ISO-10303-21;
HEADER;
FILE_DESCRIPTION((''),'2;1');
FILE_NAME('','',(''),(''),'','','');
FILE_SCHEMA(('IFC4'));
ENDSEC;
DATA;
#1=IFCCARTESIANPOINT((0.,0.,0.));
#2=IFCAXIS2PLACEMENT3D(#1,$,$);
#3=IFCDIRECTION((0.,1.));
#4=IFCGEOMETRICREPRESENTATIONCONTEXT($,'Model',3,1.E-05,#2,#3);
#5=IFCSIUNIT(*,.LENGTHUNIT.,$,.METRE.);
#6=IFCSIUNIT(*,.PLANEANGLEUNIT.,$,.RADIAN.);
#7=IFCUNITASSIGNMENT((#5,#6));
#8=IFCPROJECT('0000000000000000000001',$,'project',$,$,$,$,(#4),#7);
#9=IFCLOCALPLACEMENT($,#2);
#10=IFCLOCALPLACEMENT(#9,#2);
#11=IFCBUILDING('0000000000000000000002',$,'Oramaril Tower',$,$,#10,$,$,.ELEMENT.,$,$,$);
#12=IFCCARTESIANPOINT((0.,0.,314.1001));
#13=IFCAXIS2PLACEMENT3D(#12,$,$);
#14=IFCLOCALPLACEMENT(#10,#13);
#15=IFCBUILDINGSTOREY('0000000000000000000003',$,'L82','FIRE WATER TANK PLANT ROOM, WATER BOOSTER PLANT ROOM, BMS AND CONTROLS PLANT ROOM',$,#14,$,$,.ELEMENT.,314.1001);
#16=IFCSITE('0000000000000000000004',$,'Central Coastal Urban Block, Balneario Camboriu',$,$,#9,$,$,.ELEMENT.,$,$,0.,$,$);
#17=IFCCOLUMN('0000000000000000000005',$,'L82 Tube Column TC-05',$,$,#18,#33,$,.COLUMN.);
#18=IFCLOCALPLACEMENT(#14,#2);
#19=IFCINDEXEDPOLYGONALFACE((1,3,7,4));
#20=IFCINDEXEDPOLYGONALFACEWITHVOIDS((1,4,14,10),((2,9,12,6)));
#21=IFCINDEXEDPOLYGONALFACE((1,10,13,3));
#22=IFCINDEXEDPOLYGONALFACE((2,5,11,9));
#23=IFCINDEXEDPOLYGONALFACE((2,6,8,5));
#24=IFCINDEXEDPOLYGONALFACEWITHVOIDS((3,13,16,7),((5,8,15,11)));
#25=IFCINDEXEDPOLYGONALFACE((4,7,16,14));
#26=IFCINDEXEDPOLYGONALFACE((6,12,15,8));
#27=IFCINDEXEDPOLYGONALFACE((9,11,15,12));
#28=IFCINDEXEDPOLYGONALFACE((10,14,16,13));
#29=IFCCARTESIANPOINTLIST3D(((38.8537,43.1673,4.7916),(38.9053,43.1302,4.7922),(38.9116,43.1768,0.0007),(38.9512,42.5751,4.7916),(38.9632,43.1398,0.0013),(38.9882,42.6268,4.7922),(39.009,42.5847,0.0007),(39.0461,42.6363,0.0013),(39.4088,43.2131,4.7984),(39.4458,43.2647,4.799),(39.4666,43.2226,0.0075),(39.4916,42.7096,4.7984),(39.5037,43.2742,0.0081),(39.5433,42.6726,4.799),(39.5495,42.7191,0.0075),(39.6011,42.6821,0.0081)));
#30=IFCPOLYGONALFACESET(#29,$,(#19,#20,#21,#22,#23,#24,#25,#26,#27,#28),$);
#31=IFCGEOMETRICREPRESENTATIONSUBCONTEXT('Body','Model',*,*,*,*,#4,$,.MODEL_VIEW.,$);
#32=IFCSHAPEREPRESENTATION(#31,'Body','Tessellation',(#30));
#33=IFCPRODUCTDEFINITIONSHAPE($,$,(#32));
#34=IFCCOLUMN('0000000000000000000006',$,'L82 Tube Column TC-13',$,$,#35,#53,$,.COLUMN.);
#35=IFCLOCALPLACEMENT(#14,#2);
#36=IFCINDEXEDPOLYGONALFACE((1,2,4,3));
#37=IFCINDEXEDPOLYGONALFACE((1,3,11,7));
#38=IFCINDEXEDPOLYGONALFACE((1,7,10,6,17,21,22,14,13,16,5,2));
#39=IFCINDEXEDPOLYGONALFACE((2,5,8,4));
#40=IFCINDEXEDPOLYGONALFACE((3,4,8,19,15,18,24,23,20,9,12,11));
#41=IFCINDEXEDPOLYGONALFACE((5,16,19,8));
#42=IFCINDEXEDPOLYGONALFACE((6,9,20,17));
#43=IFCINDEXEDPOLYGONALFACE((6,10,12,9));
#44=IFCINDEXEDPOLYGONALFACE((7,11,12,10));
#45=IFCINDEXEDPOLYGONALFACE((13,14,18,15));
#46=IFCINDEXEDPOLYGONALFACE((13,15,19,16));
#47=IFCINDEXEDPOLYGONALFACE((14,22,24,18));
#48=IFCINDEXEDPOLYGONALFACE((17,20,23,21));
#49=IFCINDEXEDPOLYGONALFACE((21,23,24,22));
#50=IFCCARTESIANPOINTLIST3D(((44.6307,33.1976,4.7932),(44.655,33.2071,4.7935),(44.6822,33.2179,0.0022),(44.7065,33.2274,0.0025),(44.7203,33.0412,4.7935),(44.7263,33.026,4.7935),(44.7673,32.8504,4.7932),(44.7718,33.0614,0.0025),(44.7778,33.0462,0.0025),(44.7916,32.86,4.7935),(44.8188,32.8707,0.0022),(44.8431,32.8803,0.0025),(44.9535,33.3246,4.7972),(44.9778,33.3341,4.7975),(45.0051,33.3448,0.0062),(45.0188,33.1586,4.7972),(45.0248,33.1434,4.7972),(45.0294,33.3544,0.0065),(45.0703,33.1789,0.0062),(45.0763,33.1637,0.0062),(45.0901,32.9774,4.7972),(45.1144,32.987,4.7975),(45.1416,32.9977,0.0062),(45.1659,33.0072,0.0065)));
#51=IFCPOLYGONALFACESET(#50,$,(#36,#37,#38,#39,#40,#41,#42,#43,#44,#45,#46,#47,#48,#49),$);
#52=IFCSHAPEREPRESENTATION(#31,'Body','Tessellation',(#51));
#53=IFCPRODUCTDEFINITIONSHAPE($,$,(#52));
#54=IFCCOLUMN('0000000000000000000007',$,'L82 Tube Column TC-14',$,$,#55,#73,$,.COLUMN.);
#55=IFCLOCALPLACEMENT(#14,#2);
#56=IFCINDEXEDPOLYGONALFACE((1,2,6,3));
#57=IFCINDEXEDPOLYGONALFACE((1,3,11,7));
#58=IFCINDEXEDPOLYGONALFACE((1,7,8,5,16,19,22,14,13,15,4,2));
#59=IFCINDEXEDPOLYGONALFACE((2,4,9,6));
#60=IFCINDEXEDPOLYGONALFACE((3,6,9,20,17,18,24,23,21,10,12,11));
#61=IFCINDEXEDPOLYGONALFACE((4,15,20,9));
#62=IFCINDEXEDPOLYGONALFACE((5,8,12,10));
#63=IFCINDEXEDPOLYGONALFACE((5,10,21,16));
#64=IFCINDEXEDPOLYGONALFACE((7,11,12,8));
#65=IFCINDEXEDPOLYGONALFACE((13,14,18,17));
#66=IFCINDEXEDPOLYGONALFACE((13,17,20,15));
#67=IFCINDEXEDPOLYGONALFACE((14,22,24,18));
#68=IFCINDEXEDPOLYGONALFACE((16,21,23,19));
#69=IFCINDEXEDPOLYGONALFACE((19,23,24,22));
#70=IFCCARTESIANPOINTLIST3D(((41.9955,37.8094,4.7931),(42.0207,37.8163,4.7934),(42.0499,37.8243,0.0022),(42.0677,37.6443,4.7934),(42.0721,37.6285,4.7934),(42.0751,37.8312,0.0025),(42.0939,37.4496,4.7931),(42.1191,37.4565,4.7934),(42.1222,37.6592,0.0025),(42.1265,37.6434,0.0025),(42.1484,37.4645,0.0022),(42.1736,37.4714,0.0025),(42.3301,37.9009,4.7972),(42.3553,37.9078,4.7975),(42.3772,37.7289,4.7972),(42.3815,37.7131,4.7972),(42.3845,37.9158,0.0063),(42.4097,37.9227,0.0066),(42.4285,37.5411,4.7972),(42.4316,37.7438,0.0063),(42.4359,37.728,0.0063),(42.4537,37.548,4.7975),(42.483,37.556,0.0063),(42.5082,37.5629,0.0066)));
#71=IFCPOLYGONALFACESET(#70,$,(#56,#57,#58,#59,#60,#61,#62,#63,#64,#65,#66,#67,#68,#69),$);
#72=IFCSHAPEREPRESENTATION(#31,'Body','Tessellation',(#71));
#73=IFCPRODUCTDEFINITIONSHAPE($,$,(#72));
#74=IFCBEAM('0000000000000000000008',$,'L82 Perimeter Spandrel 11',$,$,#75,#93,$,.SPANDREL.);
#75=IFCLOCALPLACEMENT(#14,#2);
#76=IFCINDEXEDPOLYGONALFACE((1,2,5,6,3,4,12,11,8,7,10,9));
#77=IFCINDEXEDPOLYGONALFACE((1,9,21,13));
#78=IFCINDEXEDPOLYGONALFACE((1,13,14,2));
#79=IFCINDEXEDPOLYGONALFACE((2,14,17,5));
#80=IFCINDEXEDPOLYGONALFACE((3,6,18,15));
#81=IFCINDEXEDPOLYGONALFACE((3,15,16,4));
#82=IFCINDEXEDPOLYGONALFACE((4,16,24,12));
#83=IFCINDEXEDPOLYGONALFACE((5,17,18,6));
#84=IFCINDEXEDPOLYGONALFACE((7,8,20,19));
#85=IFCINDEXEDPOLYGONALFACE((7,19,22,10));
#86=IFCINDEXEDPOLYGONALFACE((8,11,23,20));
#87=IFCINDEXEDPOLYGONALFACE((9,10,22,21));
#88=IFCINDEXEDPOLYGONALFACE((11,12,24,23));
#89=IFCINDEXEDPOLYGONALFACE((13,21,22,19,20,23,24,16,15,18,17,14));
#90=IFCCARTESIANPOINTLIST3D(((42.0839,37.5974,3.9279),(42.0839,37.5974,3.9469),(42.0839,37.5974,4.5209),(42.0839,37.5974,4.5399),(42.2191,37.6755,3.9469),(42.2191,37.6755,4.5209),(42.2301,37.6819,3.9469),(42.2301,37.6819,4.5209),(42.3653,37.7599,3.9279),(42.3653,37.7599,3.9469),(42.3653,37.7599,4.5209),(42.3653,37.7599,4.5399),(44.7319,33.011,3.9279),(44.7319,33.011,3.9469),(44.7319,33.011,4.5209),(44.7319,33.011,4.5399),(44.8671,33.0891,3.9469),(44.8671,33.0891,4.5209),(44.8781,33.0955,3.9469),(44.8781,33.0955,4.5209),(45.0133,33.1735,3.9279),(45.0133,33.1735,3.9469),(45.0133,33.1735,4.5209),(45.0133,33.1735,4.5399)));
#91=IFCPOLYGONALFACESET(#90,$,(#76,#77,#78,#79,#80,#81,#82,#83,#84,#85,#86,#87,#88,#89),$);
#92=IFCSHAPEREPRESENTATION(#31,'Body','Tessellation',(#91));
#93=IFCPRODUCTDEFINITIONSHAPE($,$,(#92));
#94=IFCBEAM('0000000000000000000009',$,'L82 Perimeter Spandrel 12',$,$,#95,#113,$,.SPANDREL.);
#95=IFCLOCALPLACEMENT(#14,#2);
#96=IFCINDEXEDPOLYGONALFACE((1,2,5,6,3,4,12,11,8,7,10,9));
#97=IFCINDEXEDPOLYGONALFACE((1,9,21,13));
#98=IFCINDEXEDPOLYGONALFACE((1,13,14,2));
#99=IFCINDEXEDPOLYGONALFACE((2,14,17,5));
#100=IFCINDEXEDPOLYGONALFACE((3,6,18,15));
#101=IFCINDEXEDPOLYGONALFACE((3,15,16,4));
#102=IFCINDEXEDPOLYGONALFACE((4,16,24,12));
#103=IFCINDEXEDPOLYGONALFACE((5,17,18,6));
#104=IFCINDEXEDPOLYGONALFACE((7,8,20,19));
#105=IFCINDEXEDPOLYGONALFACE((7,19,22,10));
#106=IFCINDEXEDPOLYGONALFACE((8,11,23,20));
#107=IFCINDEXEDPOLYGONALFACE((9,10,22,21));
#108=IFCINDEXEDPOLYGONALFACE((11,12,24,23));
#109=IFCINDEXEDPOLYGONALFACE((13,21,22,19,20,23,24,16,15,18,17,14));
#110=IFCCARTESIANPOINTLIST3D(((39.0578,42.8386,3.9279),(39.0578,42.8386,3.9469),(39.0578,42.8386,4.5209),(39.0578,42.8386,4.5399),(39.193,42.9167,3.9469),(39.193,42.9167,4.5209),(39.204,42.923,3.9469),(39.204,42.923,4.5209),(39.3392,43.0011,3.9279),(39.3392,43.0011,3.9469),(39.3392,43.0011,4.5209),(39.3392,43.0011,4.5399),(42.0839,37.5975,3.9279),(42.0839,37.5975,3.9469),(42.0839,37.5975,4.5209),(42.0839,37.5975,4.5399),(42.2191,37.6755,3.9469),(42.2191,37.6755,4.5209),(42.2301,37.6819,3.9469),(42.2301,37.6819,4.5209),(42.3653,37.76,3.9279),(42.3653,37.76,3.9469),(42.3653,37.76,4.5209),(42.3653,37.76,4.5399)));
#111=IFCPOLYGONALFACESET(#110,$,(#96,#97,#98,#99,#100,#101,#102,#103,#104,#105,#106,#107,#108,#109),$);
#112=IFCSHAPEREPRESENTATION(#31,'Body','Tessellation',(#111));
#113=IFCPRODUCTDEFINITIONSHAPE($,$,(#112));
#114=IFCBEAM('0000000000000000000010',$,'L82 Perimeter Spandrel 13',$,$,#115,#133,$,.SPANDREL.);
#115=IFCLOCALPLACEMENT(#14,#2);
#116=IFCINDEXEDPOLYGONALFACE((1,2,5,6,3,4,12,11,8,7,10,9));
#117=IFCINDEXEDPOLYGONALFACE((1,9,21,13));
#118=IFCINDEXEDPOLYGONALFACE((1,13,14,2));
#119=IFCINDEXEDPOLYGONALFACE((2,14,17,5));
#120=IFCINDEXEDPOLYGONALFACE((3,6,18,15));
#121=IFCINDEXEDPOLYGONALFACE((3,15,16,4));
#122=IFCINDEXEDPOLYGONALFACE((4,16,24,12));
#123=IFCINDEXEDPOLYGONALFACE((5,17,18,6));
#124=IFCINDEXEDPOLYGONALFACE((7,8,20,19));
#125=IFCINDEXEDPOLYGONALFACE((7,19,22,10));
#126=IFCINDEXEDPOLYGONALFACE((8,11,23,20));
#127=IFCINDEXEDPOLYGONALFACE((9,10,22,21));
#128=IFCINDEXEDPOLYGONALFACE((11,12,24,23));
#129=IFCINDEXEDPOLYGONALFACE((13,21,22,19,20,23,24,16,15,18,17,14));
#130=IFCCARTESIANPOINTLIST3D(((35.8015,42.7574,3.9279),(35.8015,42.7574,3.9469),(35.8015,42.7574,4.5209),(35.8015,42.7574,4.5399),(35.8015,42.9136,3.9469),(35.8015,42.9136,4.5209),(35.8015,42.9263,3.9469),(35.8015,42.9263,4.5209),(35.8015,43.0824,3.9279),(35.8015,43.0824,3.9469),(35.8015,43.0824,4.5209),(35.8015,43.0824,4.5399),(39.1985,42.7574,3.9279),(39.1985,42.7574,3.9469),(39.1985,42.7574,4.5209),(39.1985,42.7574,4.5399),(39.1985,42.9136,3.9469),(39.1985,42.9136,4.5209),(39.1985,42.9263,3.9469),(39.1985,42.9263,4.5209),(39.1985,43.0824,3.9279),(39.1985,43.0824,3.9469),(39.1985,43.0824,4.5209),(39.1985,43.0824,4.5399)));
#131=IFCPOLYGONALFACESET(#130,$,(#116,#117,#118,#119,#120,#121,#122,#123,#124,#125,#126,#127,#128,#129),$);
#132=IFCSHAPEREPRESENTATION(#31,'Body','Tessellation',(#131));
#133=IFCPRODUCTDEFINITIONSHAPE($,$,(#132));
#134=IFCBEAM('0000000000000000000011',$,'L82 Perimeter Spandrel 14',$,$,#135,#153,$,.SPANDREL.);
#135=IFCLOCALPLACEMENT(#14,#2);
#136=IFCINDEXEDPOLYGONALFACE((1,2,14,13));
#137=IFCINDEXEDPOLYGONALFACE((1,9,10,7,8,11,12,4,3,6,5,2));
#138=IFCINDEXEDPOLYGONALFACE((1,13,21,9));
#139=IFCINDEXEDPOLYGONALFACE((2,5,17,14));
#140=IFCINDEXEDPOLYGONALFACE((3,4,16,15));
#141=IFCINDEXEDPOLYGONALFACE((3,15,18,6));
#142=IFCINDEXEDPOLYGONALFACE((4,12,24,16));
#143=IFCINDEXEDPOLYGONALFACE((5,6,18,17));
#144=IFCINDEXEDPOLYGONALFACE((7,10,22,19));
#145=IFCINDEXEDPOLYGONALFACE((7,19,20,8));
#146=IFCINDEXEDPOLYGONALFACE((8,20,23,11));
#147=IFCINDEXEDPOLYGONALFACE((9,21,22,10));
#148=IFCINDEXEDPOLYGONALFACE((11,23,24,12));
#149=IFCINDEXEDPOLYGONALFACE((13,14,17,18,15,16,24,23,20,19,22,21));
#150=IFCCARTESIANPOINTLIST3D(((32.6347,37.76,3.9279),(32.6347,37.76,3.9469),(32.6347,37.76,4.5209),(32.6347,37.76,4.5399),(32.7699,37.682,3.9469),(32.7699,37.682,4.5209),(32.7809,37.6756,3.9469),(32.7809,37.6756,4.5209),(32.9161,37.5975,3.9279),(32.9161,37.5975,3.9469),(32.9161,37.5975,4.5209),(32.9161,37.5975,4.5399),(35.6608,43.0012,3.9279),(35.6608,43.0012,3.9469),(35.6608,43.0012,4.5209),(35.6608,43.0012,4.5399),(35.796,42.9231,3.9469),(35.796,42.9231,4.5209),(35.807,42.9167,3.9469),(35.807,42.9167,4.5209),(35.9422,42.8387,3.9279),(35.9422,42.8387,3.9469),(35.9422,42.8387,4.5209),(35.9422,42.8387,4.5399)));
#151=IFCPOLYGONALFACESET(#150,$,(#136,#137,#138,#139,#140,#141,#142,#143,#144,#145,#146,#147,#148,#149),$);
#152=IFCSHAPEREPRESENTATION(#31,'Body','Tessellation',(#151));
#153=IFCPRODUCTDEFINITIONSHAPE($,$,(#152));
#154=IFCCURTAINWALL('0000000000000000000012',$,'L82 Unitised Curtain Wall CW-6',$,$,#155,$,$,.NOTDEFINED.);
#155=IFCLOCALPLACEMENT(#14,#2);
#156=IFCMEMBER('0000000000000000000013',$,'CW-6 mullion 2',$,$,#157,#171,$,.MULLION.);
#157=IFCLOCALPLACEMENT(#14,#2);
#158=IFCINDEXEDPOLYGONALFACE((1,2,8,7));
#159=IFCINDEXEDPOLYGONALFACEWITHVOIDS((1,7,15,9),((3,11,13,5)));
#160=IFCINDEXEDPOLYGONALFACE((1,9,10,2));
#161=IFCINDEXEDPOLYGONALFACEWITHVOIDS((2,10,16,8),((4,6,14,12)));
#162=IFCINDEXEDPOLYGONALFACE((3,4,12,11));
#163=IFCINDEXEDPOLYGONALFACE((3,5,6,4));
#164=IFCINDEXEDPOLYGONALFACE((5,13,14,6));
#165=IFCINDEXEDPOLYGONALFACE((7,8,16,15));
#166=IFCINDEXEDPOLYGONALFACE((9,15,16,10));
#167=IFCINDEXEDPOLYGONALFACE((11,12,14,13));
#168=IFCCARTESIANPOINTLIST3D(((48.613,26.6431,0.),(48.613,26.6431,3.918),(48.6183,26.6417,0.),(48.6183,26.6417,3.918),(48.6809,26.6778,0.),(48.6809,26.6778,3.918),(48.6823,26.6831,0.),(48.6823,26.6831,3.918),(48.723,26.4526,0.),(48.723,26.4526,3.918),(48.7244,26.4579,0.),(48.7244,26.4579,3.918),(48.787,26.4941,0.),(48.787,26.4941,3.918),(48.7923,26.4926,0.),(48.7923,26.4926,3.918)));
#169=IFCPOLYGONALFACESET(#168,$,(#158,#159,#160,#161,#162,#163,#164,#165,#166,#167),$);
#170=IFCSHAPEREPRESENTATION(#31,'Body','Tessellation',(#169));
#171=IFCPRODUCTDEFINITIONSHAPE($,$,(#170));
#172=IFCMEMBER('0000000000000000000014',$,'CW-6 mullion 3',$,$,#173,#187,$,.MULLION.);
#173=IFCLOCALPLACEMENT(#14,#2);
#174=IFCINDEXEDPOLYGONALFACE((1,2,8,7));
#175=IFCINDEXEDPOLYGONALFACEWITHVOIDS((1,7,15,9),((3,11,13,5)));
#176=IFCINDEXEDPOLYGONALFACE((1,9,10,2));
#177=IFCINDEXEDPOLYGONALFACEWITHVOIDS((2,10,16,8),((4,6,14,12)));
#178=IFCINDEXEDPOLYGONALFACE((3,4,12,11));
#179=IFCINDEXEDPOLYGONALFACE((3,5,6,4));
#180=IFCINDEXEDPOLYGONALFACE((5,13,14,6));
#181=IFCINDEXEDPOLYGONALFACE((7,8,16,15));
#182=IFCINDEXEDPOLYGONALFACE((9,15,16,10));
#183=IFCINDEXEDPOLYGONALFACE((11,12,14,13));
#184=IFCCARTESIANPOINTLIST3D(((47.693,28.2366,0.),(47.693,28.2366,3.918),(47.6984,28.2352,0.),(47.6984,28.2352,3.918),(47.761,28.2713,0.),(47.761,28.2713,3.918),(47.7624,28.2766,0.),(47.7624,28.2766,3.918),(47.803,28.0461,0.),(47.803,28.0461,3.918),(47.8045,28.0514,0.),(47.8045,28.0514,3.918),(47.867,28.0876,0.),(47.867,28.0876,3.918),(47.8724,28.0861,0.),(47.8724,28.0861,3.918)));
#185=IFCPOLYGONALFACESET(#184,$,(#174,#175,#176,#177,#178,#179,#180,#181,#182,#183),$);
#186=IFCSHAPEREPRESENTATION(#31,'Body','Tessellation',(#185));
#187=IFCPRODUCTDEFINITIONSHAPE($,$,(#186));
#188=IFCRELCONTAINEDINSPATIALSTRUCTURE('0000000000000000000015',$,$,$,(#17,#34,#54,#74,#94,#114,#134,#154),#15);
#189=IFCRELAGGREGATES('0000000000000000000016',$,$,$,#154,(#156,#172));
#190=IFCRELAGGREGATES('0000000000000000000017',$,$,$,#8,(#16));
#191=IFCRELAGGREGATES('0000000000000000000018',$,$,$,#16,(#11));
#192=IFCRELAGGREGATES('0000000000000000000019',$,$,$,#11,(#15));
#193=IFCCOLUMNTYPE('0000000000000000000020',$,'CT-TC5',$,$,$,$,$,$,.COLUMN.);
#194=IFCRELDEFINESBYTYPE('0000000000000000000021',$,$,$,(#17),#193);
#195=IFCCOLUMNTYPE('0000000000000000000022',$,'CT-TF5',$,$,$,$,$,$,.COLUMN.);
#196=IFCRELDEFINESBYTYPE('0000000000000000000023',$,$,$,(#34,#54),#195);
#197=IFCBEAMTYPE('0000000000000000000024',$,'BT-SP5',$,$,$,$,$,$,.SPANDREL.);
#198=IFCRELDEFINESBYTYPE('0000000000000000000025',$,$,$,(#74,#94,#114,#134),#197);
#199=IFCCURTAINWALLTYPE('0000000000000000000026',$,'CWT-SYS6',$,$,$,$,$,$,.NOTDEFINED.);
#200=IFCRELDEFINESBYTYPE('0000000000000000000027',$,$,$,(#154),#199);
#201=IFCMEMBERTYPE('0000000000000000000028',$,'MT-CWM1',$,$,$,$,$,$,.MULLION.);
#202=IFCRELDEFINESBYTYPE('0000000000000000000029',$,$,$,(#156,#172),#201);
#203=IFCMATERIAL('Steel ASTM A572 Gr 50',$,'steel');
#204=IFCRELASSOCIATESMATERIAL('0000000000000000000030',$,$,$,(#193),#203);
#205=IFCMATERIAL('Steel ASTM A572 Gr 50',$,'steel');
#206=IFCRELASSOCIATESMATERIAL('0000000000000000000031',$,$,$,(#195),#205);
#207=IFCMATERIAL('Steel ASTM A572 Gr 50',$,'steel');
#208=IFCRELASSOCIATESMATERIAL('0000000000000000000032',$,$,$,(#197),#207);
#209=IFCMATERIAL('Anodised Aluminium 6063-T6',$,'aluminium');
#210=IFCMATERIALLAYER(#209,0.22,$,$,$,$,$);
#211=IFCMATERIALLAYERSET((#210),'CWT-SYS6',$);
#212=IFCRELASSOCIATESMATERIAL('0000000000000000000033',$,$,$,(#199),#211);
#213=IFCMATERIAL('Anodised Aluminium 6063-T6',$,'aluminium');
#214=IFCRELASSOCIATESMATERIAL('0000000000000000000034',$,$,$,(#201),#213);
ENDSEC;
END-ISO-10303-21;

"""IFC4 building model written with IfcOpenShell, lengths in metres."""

from ifc_helpers import new_model, si_unit, direction, frame, origin, origin_2d, place, context, subcontext, project, spatial, hollow_rectangle, i_section, extrude, material, layer, layer_set, material_profile, profile_set, type_object, element, aggregate, save


model = new_model("IFC4")

# Units and contexts
model_context = context("Model", 3, precision=1e-05, world=origin(), true_north=direction((0.0, 1.0)))
body_context = subcontext(model_context, "Body", "Model", "MODEL_VIEW")
ifc_project = project(units=[si_unit("LENGTHUNIT", "METRE"), si_unit("PLANEANGLEUNIT", "RADIAN")], contexts=[model_context])

# Site, building, storey
site_placement = place(None, origin())
site = spatial("IfcSite", under=ifc_project, at=site_placement, Name="Central Coastal Urban Block, Balneario Camboriu", CompositionType="ELEMENT", RefElevation=0.0)
building_placement = place(site_placement, origin())
building = spatial("IfcBuilding", under=site, at=building_placement, Name="Oramaril Tower", CompositionType="ELEMENT")
storey_placement = place(building_placement, frame((0.0, 0.0, 314.1001)))
storey = spatial("IfcBuildingStorey", under=building, at=storey_placement, Name="L82", Description="FIRE WATER TANK PLANT ROOM, WATER BOOSTER PLANT ROOM, BMS AND CONTROLS PLANT ROOM", CompositionType="ELEMENT", Elevation=314.1001)

# Columns
ifc_material_1 = material(Name="Steel ASTM A572 Gr 50", Category="steel")
ifc_material_profile_1 = material_profile(ifc_material_1, hollow_rectangle(XDim=0.6001, YDim=0.6001, WallThickness=0.0449, at=origin_2d()), Name="BOX600X600X45")
ifc_profile_set_1 = profile_set([ifc_material_profile_1], Name="Steel ASTM A572 Gr 50")
column_type_1 = type_object("IfcColumnType", Name="CT-TC5", PredefinedType="COLUMN", material=ifc_profile_set_1)
column_placement = place(storey_placement, frame((39.2563, 42.9294, 0.0044), z_axis=(-0.012076, -0.001987, 0.999925), x_axis=(0.162373, -0.986729, 0.0)))
element("IfcColumn", 1, at=column_placement, inside=storey, type_object=column_type_1, Name="L82 Tube Column TC-05", PredefinedType="COLUMN", context=body_context, shape_type="SweptSolid", body=[
    extrude(hollow_rectangle(XDim=0.6001, YDim=0.6001, WallThickness=0.0449, at=origin_2d()), origin(), (0.0, 0.0, 1.0), 4.7913),
])
ifc_material_2 = material(Name="Steel ASTM A572 Gr 50", Category="steel")
ifc_material_profile_2 = material_profile(ifc_material_2, i_section(OverallWidth=0.373, OverallDepth=0.373, WebThickness=0.0164, FlangeThickness=0.0261, at=origin_2d()), Name="W14X132")
ifc_profile_set_2 = profile_set([ifc_material_profile_2], Name="Steel ASTM A572 Gr 50")
column_type_2 = type_object("IfcColumnType", Name="CT-TF5", PredefinedType="COLUMN", material=ifc_profile_set_2)
for number, where, z_axis, x_axis, name in (
    (2, (44.9241, 33.1125, 0.0044), (-0.010751, -0.004229, 0.999933), (0.366062, -0.930591, 0.0), "L82 Tube Column TC-13"),
    (3, (42.2791, 37.6936, 0.0044), (-0.011363, -0.003108, 0.999931), (0.263849, -0.964564, 0.0), "L82 Tube Column TC-14"),
):
    element("IfcColumn", number, at=place(storey_placement, frame(where, z_axis=z_axis, x_axis=x_axis)), inside=storey, type_object=column_type_2, Name=name, PredefinedType="COLUMN", context=body_context, shape_type="SweptSolid", body=[
        extrude(i_section(OverallWidth=0.373, OverallDepth=0.373, WebThickness=0.0164, FlangeThickness=0.0261, at=origin_2d()), origin(), (0.0, 0.0, 1.0), 4.7913),
    ])

# Beams
ifc_material_3 = material(Name="Steel ASTM A572 Gr 50", Category="steel")
ifc_material_profile_3 = material_profile(ifc_material_3, i_section(OverallWidth=0.325, OverallDepth=0.6121, WebThickness=0.0127, FlangeThickness=0.019, at=origin_2d()), Name="W24X104")
ifc_profile_set_3 = profile_set([ifc_material_profile_3], Name="Steel ASTM A572 Gr 50")
beam_type = type_object("IfcBeamType", Name="BT-SP5", PredefinedType="SPANDREL", material=ifc_profile_set_3)
beam_1_placement = place(storey_placement, frame((44.8726, 33.0923, 4.2339), z_axis=(-0.499996, 0.866027, 0.0), x_axis=(-0.866027, -0.499996, 0.0)))
element("IfcBeam", 4, at=beam_1_placement, inside=storey, type_object=beam_type, Name="L82 Perimeter Spandrel 11", PredefinedType="SPANDREL", context=body_context, shape_type="SweptSolid", body=[
    extrude(i_section(OverallWidth=0.325, OverallDepth=0.6121, WebThickness=0.0127, FlangeThickness=0.019, at=origin_2d()), origin(), (0.0, 0.0, 1.0), 5.2959),
])
beam_2_placement = place(storey_placement, frame((42.2246, 37.6787, 4.2339), z_axis=(-0.500013, 0.866018, 0.0), x_axis=(-0.866018, -0.500013, 0.0)))
element("IfcBeam", 5, at=beam_2_placement, inside=storey, type_object=beam_type, Name="L82 Perimeter Spandrel 12", PredefinedType="SPANDREL", context=body_context, shape_type="SweptSolid", body=[
    extrude(i_section(OverallWidth=0.325, OverallDepth=0.6121, WebThickness=0.0127, FlangeThickness=0.019, at=origin_2d()), origin(), (0.0, 0.0, 1.0), 6.052),
])
beam_3_placement = place(storey_placement, frame((39.1985, 42.9199, 4.2339), z_axis=(-1.0, 0.0, 0.0), x_axis=(0.0, -1.0, 0.0)))
element("IfcBeam", 6, at=beam_3_placement, inside=storey, type_object=beam_type, Name="L82 Perimeter Spandrel 13", PredefinedType="SPANDREL", context=body_context, shape_type="SweptSolid", body=[
    extrude(i_section(OverallWidth=0.325, OverallDepth=0.6121, WebThickness=0.0127, FlangeThickness=0.019, at=origin_2d()), origin(), (0.0, 0.0, 1.0), 3.397),
])
beam_4_placement = place(storey_placement, frame((35.8015, 42.9199, 4.2339), z_axis=(-0.500013, -0.866018, 0.0), x_axis=(0.866018, -0.500013, 0.0)))
element("IfcBeam", 7, at=beam_4_placement, inside=storey, type_object=beam_type, Name="L82 Perimeter Spandrel 14", PredefinedType="SPANDREL", context=body_context, shape_type="SweptSolid", body=[
    extrude(i_section(OverallWidth=0.325, OverallDepth=0.6121, WebThickness=0.0127, FlangeThickness=0.019, at=origin_2d()), origin(), (0.0, 0.0, 1.0), 6.052),
])

# Curtain wall, members
ifc_material_4 = material(Name="Anodised Aluminium 6063-T6", Category="aluminium")
ifc_layer_1 = layer(ifc_material_4, 0.22)
ifc_layer_set_1 = layer_set([ifc_layer_1], Name="CWT-SYS6")
curtain_wall_type = type_object("IfcCurtainWallType", Name="CWT-SYS6", PredefinedType="NOTDEFINED", material=ifc_layer_set_1)
curtain_wall_placement = place(storey_placement, origin())
curtain_wall = element("IfcCurtainWall", 8, at=curtain_wall_placement, inside=storey, type_object=curtain_wall_type, Name="L82 Unitised Curtain Wall CW-6", PredefinedType="NOTDEFINED")
ifc_material_5 = material(Name="Anodised Aluminium 6063-T6", Category="aluminium")
ifc_material_profile_4 = material_profile(ifc_material_5, hollow_rectangle(XDim=0.0801, YDim=0.22, WallThickness=0.0039, at=origin_2d()), Name="CWM220X80")
ifc_profile_set_4 = profile_set([ifc_material_profile_4], Name="Anodised Aluminium 6063-T6")
member_type_1 = type_object("IfcMemberType", Name="MT-CWM1", PredefinedType="MULLION", material=ifc_profile_set_4)
member_1_placement = place(storey_placement, frame((48.7026, 26.5679, 0.0), z_axis=(0.0, 0.0, 1.0), x_axis=(-0.866025, -0.5, 0.0)))
member_1 = element("IfcMember", 9, at=member_1_placement, type_object=member_type_1, Name="CW-6 mullion 2", PredefinedType="MULLION", context=body_context, shape_type="SweptSolid", body=[
    extrude(hollow_rectangle(XDim=0.0801, YDim=0.22, WallThickness=0.0039, at=origin_2d()), origin(), (0.0, 0.0, 1.0), 3.918),
])
member_2_placement = place(storey_placement, frame((47.7827, 28.1614, 0.0), z_axis=(0.0, 0.0, 1.0), x_axis=(-0.866025, -0.5, 0.0)))
member_2 = element("IfcMember", 10, at=member_2_placement, type_object=member_type_1, Name="CW-6 mullion 3", PredefinedType="MULLION", context=body_context, shape_type="SweptSolid", body=[
    extrude(hollow_rectangle(XDim=0.0801, YDim=0.22, WallThickness=0.0039, at=origin_2d()), origin(), (0.0, 0.0, 1.0), 3.918),
])

aggregate(curtain_wall, [member_1, member_2])

save(model, "model.ifc")
